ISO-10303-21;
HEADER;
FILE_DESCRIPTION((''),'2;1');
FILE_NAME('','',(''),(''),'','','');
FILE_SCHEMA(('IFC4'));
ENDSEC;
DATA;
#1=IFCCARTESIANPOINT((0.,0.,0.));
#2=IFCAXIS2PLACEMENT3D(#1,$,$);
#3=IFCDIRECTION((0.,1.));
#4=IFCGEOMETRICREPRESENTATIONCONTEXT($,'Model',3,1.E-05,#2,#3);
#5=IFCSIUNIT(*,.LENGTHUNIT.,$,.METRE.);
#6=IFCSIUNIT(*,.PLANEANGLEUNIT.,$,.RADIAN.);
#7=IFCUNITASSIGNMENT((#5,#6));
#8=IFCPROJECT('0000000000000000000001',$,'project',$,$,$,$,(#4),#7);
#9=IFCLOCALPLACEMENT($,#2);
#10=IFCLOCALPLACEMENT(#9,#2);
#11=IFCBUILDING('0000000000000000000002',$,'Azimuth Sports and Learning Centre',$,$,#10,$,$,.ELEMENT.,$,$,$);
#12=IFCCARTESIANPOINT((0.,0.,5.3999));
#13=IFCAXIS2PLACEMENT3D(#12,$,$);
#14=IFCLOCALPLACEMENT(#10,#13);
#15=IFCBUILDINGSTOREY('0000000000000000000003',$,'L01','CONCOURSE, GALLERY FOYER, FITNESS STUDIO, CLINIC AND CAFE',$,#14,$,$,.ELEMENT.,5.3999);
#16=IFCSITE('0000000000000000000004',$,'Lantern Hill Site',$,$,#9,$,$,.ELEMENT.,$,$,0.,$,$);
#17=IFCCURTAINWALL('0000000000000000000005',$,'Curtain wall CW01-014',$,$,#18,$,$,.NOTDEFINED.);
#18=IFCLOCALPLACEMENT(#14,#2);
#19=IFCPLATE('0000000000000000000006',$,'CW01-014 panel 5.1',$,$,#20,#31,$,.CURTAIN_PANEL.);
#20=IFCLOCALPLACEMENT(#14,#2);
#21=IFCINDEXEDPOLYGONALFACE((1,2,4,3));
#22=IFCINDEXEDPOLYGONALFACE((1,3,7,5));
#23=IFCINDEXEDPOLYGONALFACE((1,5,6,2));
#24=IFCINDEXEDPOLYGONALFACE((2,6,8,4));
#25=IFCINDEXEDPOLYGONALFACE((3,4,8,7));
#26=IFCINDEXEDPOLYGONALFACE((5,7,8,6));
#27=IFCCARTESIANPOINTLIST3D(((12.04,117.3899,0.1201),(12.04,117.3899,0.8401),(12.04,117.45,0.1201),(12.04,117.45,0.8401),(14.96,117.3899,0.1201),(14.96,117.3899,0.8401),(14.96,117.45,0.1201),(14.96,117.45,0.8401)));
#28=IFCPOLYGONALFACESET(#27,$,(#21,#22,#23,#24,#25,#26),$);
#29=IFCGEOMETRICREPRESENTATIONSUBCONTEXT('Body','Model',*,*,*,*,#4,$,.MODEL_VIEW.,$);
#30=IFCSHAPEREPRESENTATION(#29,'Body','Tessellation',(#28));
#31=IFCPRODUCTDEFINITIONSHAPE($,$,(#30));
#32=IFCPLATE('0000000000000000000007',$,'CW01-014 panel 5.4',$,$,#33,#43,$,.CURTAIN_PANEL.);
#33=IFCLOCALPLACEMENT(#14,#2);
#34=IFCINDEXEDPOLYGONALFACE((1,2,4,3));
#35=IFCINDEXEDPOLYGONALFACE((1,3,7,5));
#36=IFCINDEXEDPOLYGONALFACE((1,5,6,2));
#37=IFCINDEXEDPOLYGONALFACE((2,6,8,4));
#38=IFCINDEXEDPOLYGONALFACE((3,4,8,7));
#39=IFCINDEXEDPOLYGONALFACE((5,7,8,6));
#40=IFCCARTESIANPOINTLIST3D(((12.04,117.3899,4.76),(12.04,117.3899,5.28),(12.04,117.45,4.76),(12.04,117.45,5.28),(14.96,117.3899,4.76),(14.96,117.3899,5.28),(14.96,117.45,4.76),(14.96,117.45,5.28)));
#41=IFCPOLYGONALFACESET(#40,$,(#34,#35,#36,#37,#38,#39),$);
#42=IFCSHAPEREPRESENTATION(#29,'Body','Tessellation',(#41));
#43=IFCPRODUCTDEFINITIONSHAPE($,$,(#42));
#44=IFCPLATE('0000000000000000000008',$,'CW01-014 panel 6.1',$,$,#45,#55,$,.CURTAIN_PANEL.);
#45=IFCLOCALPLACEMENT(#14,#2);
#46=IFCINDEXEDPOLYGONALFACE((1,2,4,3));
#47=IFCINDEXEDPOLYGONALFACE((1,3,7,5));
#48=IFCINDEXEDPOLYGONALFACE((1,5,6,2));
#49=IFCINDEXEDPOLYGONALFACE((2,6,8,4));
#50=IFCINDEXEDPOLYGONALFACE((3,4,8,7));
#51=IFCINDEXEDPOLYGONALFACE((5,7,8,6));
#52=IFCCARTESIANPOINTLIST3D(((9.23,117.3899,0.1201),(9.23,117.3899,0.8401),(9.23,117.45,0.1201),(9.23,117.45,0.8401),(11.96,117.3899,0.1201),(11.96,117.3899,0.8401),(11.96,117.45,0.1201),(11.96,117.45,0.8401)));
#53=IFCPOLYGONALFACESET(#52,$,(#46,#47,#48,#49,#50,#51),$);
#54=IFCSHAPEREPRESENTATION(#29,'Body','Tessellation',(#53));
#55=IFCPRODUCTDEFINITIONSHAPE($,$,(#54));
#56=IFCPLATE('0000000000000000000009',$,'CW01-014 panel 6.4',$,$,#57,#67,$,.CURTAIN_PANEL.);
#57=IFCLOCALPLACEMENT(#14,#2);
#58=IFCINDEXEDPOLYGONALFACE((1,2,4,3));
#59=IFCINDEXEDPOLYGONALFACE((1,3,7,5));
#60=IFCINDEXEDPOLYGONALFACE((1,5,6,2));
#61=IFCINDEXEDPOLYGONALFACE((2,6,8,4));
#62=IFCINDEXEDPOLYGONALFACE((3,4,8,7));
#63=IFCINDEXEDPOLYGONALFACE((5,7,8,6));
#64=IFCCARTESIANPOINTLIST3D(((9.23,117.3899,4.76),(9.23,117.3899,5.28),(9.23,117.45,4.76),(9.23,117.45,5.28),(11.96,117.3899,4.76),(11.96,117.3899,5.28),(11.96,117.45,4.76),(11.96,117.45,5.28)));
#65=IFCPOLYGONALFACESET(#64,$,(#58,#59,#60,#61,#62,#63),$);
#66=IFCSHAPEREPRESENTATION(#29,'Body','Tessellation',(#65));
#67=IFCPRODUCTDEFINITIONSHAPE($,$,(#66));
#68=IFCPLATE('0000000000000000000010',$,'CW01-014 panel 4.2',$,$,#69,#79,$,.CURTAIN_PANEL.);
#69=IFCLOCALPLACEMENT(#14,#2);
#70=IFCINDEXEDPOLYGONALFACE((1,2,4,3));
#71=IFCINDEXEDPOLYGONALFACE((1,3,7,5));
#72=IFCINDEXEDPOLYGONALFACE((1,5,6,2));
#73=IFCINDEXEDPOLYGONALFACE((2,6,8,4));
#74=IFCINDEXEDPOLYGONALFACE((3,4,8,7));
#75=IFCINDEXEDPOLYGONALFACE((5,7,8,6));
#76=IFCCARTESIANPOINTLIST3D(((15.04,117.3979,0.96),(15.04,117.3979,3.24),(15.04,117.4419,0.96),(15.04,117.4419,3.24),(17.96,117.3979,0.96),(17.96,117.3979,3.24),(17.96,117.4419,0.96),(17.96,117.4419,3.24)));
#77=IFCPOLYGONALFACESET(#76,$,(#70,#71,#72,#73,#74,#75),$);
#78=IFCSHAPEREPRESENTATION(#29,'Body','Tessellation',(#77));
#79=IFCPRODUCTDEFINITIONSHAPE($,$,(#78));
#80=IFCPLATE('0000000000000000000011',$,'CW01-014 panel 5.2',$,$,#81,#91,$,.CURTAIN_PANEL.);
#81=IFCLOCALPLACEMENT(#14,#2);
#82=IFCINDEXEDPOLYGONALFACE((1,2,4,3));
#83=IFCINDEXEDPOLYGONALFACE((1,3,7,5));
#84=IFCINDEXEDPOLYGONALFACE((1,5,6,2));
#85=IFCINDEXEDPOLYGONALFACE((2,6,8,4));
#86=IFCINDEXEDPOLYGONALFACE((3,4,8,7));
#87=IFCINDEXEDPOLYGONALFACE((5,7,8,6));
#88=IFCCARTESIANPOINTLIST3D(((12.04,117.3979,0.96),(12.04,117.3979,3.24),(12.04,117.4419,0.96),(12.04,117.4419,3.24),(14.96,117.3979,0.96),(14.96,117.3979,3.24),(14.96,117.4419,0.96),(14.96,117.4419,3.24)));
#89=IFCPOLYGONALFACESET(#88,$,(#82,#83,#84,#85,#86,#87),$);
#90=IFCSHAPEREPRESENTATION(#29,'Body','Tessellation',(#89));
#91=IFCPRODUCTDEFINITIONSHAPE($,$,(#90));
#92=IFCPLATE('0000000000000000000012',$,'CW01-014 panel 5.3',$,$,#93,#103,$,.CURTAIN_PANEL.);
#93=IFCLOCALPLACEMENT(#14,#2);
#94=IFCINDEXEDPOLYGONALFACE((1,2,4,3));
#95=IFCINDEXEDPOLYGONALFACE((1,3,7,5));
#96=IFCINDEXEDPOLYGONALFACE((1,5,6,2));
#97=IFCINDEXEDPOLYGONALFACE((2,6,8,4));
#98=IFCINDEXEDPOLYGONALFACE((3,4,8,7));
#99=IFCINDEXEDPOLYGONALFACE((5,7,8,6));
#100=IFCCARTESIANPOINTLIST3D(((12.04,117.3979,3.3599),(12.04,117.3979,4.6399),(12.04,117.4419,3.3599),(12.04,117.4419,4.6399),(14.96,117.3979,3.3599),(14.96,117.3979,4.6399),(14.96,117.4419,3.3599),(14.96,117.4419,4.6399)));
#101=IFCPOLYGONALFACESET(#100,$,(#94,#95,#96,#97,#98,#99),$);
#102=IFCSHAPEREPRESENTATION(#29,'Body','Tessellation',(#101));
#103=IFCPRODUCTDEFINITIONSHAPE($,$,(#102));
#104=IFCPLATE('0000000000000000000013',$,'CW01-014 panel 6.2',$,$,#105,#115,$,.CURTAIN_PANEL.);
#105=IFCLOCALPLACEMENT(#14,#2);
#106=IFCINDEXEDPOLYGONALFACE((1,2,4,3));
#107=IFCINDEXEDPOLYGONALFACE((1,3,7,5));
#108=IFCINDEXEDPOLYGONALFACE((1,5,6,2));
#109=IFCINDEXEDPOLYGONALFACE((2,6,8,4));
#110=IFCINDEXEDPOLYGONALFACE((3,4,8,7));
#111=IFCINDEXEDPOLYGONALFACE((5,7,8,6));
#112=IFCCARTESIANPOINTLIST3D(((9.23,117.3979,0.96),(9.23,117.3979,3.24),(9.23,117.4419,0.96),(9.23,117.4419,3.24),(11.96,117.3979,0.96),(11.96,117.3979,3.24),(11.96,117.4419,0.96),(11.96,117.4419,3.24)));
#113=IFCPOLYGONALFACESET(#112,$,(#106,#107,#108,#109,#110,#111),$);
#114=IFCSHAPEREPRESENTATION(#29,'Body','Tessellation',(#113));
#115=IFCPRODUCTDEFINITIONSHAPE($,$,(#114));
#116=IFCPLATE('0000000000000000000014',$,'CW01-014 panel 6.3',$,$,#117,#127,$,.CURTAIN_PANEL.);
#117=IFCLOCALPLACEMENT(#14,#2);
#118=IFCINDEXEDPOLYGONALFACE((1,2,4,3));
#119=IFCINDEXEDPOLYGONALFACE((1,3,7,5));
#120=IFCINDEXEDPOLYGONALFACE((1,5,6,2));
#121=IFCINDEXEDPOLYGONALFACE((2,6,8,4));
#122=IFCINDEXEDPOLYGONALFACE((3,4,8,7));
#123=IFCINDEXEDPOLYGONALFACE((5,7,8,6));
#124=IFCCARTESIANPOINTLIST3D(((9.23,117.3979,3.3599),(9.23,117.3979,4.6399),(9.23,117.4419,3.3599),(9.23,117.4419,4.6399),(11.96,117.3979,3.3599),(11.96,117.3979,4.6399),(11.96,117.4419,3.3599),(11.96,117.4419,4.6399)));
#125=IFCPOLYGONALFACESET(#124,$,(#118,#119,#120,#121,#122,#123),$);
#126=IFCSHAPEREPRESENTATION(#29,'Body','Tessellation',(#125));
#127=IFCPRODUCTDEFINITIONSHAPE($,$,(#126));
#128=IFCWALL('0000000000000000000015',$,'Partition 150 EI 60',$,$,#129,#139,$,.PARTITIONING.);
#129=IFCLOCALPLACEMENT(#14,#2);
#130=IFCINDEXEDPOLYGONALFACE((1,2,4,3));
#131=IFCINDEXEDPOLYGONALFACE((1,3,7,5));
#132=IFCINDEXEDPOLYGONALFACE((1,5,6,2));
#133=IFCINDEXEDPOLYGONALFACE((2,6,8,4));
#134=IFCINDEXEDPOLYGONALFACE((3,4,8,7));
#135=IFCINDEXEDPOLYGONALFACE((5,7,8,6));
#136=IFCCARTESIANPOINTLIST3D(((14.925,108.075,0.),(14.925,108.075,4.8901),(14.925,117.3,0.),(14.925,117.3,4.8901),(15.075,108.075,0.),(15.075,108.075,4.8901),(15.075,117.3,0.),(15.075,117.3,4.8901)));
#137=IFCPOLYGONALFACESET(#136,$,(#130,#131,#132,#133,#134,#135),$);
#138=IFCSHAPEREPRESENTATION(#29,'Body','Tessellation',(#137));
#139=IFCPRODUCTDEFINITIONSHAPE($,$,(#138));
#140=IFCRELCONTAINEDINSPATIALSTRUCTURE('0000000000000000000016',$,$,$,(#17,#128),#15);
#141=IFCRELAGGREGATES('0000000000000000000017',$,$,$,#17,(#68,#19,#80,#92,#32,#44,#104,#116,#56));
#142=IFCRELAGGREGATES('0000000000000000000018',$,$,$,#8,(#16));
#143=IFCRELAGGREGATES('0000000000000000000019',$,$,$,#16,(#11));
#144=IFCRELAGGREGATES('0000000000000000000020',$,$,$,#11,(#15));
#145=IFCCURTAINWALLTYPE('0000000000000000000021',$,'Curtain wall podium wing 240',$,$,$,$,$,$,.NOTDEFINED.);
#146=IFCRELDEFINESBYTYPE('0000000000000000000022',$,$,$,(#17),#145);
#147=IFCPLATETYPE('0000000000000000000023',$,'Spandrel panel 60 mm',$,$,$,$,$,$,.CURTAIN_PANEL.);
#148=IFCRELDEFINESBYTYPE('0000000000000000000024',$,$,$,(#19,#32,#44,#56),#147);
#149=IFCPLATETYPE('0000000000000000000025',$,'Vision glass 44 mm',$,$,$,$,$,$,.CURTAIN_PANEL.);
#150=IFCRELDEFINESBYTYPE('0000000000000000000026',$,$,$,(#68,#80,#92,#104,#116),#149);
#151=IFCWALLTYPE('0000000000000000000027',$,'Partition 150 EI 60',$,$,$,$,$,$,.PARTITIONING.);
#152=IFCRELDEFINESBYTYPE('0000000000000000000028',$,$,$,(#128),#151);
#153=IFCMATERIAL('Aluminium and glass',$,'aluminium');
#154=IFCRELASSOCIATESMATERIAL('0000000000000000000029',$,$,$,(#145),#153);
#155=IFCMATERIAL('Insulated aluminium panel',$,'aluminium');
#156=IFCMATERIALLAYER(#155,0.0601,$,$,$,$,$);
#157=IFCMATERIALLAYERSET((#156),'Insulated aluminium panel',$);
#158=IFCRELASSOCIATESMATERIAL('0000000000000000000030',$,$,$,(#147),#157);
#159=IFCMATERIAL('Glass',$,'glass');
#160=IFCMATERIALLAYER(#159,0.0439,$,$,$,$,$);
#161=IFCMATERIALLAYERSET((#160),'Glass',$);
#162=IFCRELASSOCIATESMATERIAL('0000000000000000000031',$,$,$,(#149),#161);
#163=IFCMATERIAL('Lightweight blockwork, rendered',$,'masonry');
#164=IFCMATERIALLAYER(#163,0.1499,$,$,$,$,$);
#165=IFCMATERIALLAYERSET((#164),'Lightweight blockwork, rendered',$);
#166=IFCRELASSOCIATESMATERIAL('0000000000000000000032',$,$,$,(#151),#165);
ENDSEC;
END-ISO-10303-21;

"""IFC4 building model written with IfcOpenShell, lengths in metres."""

from ifc_helpers import new_model, si_unit, direction, frame, frame_2d, origin, origin_2d, place, context, subcontext, project, spatial, rectangle, extrude, material, layer, layer_set, type_object, element, aggregate, save


model = new_model("IFC4")

# Units and contexts
model_context = context("Model", 3, precision=1e-05, world=origin(), true_north=direction((0.0, 1.0)))
body_context = subcontext(model_context, "Body", "Model", "MODEL_VIEW")
ifc_project = project(units=[si_unit("LENGTHUNIT", "METRE"), si_unit("PLANEANGLEUNIT", "RADIAN")], contexts=[model_context])

# Site, building, storey
site_placement = place(None, origin())
site = spatial("IfcSite", under=ifc_project, at=site_placement, Name="Lantern Hill Site", CompositionType="ELEMENT", RefElevation=0.0)
building_placement = place(site_placement, origin())
building = spatial("IfcBuilding", under=site, at=building_placement, Name="Azimuth Sports and Learning Centre", CompositionType="ELEMENT")
storey_placement = place(building_placement, frame((0.0, 0.0, 5.3999)))
storey = spatial("IfcBuildingStorey", under=building, at=storey_placement, Name="L01", Description="CONCOURSE, GALLERY FOYER, FITNESS STUDIO, CLINIC AND CAFE", CompositionType="ELEMENT", Elevation=5.3999)

# Curtain wall, plates
ifc_material_1 = material(Name="Aluminium and glass", Category="aluminium")
curtain_wall_type = type_object("IfcCurtainWallType", Name="Curtain wall podium wing 240", PredefinedType="NOTDEFINED", material=ifc_material_1)
curtain_wall_placement = place(storey_placement, origin())
curtain_wall = element("IfcCurtainWall", 1, at=curtain_wall_placement, inside=storey, type_object=curtain_wall_type, Name="Curtain wall CW01-014", PredefinedType="NOTDEFINED")
ifc_material_2 = material(Name="Insulated aluminium panel", Category="aluminium")
ifc_layer_1 = layer(ifc_material_2, 0.0601)
ifc_layer_set_1 = layer_set([ifc_layer_1], Name="Insulated aluminium panel")
plate_type_1 = type_object("IfcPlateType", Name="Spandrel panel 60 mm", PredefinedType="CURTAIN_PANEL", material=ifc_layer_set_1)
plate_1_placement = place(storey_placement, frame((13.5, 117.4199, 0.1201), z_axis=(0.0, 0.0, 1.0), x_axis=(-1.0, 0.0, 0.0)))
plate_1 = element("IfcPlate", 2, at=plate_1_placement, type_object=plate_type_1, Name="CW01-014 panel 5.1", PredefinedType="CURTAIN_PANEL", context=body_context, shape_type="SweptSolid", body=[
    extrude(rectangle(XDim=2.9199, YDim=0.0601, at=origin_2d()), origin(), (0.0, 0.0, 1.0), 0.72),
])
plate_2_placement = place(storey_placement, frame((13.5, 117.4199, 4.76), z_axis=(0.0, 0.0, 1.0), x_axis=(-1.0, 0.0, 0.0)))
plate_2 = element("IfcPlate", 3, at=plate_2_placement, type_object=plate_type_1, Name="CW01-014 panel 5.4", PredefinedType="CURTAIN_PANEL", context=body_context, shape_type="SweptSolid", body=[
    extrude(rectangle(XDim=2.9199, YDim=0.0601, at=origin_2d()), origin(), (0.0, 0.0, 1.0), 0.52),
])
plate_3_placement = place(storey_placement, frame((10.595, 117.4199, 0.1201), z_axis=(0.0, 0.0, 1.0), x_axis=(-1.0, 0.0, 0.0)))
plate_3 = element("IfcPlate", 4, at=plate_3_placement, type_object=plate_type_1, Name="CW01-014 panel 6.1", PredefinedType="CURTAIN_PANEL", context=body_context, shape_type="SweptSolid", body=[
    extrude(rectangle(XDim=2.73, YDim=0.0601, at=origin_2d()), origin(), (0.0, 0.0, 1.0), 0.72),
])
plate_4_placement = place(storey_placement, frame((10.595, 117.4199, 4.76), z_axis=(0.0, 0.0, 1.0), x_axis=(-1.0, 0.0, 0.0)))
plate_4 = element("IfcPlate", 5, at=plate_4_placement, type_object=plate_type_1, Name="CW01-014 panel 6.4", PredefinedType="CURTAIN_PANEL", context=body_context, shape_type="SweptSolid", body=[
    extrude(rectangle(XDim=2.73, YDim=0.0601, at=origin_2d()), origin(), (0.0, 0.0, 1.0), 0.52),
])
ifc_material_3 = material(Name="Glass", Category="glass")
ifc_layer_2 = layer(ifc_material_3, 0.0439)
ifc_layer_set_2 = layer_set([ifc_layer_2], Name="Glass")
plate_type_2 = type_object("IfcPlateType", Name="Vision glass 44 mm", PredefinedType="CURTAIN_PANEL", material=ifc_layer_set_2)
plate_5_placement = place(storey_placement, frame((16.5, 117.4199, 0.96), z_axis=(0.0, 0.0, 1.0), x_axis=(-1.0, 0.0, 0.0)))
plate_5 = element("IfcPlate", 6, at=plate_5_placement, type_object=plate_type_2, Name="CW01-014 panel 4.2", PredefinedType="CURTAIN_PANEL", context=body_context, shape_type="SweptSolid", body=[
    extrude(rectangle(XDim=2.9199, YDim=0.0439, at=origin_2d()), origin(), (0.0, 0.0, 1.0), 2.28),
])
plate_6_placement = place(storey_placement, frame((13.5, 117.4199, 0.96), z_axis=(0.0, 0.0, 1.0), x_axis=(-1.0, 0.0, 0.0)))
plate_6 = element("IfcPlate", 7, at=plate_6_placement, type_object=plate_type_2, Name="CW01-014 panel 5.2", PredefinedType="CURTAIN_PANEL", context=body_context, shape_type="SweptSolid", body=[
    extrude(rectangle(XDim=2.9199, YDim=0.0439, at=origin_2d()), origin(), (0.0, 0.0, 1.0), 2.28),
])
plate_7_placement = place(storey_placement, frame((13.5, 117.4199, 3.3599), z_axis=(0.0, 0.0, 1.0), x_axis=(-1.0, 0.0, 0.0)))
plate_7 = element("IfcPlate", 8, at=plate_7_placement, type_object=plate_type_2, Name="CW01-014 panel 5.3", PredefinedType="CURTAIN_PANEL", context=body_context, shape_type="SweptSolid", body=[
    extrude(rectangle(XDim=2.9199, YDim=0.0439, at=origin_2d()), origin(), (0.0, 0.0, 1.0), 1.28),
])
plate_8_placement = place(storey_placement, frame((10.595, 117.4199, 0.96), z_axis=(0.0, 0.0, 1.0), x_axis=(-1.0, 0.0, 0.0)))
plate_8 = element("IfcPlate", 9, at=plate_8_placement, type_object=plate_type_2, Name="CW01-014 panel 6.2", PredefinedType="CURTAIN_PANEL", context=body_context, shape_type="SweptSolid", body=[
    extrude(rectangle(XDim=2.73, YDim=0.0439, at=origin_2d()), origin(), (0.0, 0.0, 1.0), 2.28),
])
plate_9_placement = place(storey_placement, frame((10.595, 117.4199, 3.3599), z_axis=(0.0, 0.0, 1.0), x_axis=(-1.0, 0.0, 0.0)))
plate_9 = element("IfcPlate", 10, at=plate_9_placement, type_object=plate_type_2, Name="CW01-014 panel 6.3", PredefinedType="CURTAIN_PANEL", context=body_context, shape_type="SweptSolid", body=[
    extrude(rectangle(XDim=2.73, YDim=0.0439, at=origin_2d()), origin(), (0.0, 0.0, 1.0), 1.28),
])
aggregate(curtain_wall, [plate_5, plate_1, plate_6, plate_7, plate_2, plate_3, plate_8, plate_9, plate_4])

# Wall
ifc_material_4 = material(Name="Lightweight blockwork, rendered", Category="masonry")
ifc_layer_3 = layer(ifc_material_4, 0.1499)
ifc_layer_set_3 = layer_set([ifc_layer_3], Name="Lightweight blockwork, rendered")
wall_type = type_object("IfcWallType", Name="Partition 150 EI 60", PredefinedType="PARTITIONING", material=ifc_layer_set_3)
wall_placement = place(storey_placement, frame((15.0, 108.075, 0.0), z_axis=(0.0, 0.0, 1.0), x_axis=(0.0, 1.0, 0.0)))
element("IfcWall", 11, at=wall_placement, inside=storey, type_object=wall_type, Name="Partition 150 EI 60", PredefinedType="PARTITIONING", context=body_context, shape_type="SweptSolid", body=[
    extrude(rectangle(XDim=9.2251, YDim=0.1499, at=frame_2d((4.6125, 0.0))), origin(), (0.0, 0.0, 1.0), 4.8901),
])

save(model, "model.ifc")
